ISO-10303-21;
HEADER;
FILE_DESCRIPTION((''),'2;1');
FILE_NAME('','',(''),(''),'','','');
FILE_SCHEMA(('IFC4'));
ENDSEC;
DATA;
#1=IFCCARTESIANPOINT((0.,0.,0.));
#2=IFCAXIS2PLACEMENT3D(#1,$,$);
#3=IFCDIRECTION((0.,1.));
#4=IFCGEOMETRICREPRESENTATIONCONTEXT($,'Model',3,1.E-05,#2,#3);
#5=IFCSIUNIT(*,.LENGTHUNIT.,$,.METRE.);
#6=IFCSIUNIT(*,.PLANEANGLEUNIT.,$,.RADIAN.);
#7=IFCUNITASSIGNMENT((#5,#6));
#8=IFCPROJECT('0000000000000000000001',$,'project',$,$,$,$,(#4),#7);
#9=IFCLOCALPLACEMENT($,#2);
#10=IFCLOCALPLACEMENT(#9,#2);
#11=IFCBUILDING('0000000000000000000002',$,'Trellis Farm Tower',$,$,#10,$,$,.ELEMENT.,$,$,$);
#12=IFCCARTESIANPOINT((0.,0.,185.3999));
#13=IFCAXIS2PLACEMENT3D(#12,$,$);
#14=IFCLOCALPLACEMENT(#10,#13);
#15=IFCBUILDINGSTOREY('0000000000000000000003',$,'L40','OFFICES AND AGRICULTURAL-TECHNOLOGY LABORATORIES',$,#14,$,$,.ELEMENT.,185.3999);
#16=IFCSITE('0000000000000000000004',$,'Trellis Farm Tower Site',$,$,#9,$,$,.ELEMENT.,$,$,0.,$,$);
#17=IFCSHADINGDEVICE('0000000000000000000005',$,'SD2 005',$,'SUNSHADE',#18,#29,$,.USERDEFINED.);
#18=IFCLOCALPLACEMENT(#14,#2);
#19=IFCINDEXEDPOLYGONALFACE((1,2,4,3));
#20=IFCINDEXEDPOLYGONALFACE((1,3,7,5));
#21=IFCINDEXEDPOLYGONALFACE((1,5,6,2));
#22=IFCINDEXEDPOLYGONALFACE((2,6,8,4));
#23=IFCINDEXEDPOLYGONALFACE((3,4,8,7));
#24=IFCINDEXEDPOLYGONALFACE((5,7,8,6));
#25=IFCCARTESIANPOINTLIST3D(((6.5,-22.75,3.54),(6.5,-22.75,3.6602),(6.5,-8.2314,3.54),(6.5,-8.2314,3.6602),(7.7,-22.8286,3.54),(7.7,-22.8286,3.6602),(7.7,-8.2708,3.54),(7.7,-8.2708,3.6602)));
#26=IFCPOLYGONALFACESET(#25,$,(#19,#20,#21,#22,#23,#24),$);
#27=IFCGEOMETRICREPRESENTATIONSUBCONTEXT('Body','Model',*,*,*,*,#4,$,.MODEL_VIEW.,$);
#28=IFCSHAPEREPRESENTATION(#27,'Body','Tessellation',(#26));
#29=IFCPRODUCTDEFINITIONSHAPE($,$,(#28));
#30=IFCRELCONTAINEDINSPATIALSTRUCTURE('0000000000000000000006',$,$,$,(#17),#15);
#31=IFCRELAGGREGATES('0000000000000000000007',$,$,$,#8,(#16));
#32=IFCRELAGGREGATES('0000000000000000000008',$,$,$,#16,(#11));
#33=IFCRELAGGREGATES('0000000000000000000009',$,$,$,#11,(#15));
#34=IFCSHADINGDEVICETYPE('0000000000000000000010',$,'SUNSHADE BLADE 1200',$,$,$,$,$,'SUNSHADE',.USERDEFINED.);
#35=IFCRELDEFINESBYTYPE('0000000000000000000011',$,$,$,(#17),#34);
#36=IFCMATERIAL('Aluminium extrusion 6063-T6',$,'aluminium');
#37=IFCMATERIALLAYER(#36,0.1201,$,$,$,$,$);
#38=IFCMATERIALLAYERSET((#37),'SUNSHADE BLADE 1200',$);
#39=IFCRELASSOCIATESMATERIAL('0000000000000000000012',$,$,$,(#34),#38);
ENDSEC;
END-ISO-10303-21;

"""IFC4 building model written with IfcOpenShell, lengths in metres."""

from ifc_helpers import new_model, si_unit, direction, frame, origin, place, context, subcontext, project, spatial, polyline, outline, extrude, source, transform, mapped, material, layer, layer_set, type_object, element, save


model = new_model("IFC4")

# Units and contexts
model_context = context("Model", 3, precision=1e-05, world=origin(), true_north=direction((0.0, 1.0)))
body_context = subcontext(model_context, "Body", "Model", "MODEL_VIEW")
ifc_project = project(units=[si_unit("LENGTHUNIT", "METRE"), si_unit("PLANEANGLEUNIT", "RADIAN")], contexts=[model_context])

# Site, building, storey
site_placement = place(None, origin())
site = spatial("IfcSite", under=ifc_project, at=site_placement, Name="Trellis Farm Tower Site", CompositionType="ELEMENT", RefElevation=0.0)
building_placement = place(site_placement, origin())
building = spatial("IfcBuilding", under=site, at=building_placement, Name="Trellis Farm Tower", CompositionType="ELEMENT")
storey_placement = place(building_placement, frame((0.0, 0.0, 185.3999)))
storey = spatial("IfcBuildingStorey", under=building, at=storey_placement, Name="L40", Description="OFFICES AND AGRICULTURAL-TECHNOLOGY LABORATORIES", CompositionType="ELEMENT", Elevation=185.3999)

# Shared definitions
ifc_material_1 = material(Name="Aluminium extrusion 6063-T6", Category="aluminium")

# Shading device
ifc_layer_1 = layer(ifc_material_1, 0.1201)
ifc_layer_set_1 = layer_set([ifc_layer_1], Name="SUNSHADE BLADE 1200")
shading_device_type = type_object("IfcShadingDeviceType", Name="SUNSHADE BLADE 1200", ElementType="SUNSHADE", PredefinedType="USERDEFINED", material=ifc_layer_set_1)
shared_shape_1 = source(origin(), body_context, "Body", "SweptSolid", [
    extrude(outline(polyline([(7.7, -22.8286), (7.7, -8.2708), (6.5, -8.2314), (6.5, -22.75), (7.7, -22.8286)])), origin(), (0.0, 0.0, 1.0), 0.1201),
])
shading_device_placement = place(storey_placement, frame((0.0, 0.0, 3.54)))
element("IfcShadingDevice", 1, at=shading_device_placement, inside=storey, type_object=shading_device_type, Name="SD2 005", ObjectType="SUNSHADE", PredefinedType="USERDEFINED", context=body_context, shape_type="MappedRepresentation", body=[
    mapped(shared_shape_1, transform((0.0, 0.0, 0.0))),
])

save(model, "model.ifc")
